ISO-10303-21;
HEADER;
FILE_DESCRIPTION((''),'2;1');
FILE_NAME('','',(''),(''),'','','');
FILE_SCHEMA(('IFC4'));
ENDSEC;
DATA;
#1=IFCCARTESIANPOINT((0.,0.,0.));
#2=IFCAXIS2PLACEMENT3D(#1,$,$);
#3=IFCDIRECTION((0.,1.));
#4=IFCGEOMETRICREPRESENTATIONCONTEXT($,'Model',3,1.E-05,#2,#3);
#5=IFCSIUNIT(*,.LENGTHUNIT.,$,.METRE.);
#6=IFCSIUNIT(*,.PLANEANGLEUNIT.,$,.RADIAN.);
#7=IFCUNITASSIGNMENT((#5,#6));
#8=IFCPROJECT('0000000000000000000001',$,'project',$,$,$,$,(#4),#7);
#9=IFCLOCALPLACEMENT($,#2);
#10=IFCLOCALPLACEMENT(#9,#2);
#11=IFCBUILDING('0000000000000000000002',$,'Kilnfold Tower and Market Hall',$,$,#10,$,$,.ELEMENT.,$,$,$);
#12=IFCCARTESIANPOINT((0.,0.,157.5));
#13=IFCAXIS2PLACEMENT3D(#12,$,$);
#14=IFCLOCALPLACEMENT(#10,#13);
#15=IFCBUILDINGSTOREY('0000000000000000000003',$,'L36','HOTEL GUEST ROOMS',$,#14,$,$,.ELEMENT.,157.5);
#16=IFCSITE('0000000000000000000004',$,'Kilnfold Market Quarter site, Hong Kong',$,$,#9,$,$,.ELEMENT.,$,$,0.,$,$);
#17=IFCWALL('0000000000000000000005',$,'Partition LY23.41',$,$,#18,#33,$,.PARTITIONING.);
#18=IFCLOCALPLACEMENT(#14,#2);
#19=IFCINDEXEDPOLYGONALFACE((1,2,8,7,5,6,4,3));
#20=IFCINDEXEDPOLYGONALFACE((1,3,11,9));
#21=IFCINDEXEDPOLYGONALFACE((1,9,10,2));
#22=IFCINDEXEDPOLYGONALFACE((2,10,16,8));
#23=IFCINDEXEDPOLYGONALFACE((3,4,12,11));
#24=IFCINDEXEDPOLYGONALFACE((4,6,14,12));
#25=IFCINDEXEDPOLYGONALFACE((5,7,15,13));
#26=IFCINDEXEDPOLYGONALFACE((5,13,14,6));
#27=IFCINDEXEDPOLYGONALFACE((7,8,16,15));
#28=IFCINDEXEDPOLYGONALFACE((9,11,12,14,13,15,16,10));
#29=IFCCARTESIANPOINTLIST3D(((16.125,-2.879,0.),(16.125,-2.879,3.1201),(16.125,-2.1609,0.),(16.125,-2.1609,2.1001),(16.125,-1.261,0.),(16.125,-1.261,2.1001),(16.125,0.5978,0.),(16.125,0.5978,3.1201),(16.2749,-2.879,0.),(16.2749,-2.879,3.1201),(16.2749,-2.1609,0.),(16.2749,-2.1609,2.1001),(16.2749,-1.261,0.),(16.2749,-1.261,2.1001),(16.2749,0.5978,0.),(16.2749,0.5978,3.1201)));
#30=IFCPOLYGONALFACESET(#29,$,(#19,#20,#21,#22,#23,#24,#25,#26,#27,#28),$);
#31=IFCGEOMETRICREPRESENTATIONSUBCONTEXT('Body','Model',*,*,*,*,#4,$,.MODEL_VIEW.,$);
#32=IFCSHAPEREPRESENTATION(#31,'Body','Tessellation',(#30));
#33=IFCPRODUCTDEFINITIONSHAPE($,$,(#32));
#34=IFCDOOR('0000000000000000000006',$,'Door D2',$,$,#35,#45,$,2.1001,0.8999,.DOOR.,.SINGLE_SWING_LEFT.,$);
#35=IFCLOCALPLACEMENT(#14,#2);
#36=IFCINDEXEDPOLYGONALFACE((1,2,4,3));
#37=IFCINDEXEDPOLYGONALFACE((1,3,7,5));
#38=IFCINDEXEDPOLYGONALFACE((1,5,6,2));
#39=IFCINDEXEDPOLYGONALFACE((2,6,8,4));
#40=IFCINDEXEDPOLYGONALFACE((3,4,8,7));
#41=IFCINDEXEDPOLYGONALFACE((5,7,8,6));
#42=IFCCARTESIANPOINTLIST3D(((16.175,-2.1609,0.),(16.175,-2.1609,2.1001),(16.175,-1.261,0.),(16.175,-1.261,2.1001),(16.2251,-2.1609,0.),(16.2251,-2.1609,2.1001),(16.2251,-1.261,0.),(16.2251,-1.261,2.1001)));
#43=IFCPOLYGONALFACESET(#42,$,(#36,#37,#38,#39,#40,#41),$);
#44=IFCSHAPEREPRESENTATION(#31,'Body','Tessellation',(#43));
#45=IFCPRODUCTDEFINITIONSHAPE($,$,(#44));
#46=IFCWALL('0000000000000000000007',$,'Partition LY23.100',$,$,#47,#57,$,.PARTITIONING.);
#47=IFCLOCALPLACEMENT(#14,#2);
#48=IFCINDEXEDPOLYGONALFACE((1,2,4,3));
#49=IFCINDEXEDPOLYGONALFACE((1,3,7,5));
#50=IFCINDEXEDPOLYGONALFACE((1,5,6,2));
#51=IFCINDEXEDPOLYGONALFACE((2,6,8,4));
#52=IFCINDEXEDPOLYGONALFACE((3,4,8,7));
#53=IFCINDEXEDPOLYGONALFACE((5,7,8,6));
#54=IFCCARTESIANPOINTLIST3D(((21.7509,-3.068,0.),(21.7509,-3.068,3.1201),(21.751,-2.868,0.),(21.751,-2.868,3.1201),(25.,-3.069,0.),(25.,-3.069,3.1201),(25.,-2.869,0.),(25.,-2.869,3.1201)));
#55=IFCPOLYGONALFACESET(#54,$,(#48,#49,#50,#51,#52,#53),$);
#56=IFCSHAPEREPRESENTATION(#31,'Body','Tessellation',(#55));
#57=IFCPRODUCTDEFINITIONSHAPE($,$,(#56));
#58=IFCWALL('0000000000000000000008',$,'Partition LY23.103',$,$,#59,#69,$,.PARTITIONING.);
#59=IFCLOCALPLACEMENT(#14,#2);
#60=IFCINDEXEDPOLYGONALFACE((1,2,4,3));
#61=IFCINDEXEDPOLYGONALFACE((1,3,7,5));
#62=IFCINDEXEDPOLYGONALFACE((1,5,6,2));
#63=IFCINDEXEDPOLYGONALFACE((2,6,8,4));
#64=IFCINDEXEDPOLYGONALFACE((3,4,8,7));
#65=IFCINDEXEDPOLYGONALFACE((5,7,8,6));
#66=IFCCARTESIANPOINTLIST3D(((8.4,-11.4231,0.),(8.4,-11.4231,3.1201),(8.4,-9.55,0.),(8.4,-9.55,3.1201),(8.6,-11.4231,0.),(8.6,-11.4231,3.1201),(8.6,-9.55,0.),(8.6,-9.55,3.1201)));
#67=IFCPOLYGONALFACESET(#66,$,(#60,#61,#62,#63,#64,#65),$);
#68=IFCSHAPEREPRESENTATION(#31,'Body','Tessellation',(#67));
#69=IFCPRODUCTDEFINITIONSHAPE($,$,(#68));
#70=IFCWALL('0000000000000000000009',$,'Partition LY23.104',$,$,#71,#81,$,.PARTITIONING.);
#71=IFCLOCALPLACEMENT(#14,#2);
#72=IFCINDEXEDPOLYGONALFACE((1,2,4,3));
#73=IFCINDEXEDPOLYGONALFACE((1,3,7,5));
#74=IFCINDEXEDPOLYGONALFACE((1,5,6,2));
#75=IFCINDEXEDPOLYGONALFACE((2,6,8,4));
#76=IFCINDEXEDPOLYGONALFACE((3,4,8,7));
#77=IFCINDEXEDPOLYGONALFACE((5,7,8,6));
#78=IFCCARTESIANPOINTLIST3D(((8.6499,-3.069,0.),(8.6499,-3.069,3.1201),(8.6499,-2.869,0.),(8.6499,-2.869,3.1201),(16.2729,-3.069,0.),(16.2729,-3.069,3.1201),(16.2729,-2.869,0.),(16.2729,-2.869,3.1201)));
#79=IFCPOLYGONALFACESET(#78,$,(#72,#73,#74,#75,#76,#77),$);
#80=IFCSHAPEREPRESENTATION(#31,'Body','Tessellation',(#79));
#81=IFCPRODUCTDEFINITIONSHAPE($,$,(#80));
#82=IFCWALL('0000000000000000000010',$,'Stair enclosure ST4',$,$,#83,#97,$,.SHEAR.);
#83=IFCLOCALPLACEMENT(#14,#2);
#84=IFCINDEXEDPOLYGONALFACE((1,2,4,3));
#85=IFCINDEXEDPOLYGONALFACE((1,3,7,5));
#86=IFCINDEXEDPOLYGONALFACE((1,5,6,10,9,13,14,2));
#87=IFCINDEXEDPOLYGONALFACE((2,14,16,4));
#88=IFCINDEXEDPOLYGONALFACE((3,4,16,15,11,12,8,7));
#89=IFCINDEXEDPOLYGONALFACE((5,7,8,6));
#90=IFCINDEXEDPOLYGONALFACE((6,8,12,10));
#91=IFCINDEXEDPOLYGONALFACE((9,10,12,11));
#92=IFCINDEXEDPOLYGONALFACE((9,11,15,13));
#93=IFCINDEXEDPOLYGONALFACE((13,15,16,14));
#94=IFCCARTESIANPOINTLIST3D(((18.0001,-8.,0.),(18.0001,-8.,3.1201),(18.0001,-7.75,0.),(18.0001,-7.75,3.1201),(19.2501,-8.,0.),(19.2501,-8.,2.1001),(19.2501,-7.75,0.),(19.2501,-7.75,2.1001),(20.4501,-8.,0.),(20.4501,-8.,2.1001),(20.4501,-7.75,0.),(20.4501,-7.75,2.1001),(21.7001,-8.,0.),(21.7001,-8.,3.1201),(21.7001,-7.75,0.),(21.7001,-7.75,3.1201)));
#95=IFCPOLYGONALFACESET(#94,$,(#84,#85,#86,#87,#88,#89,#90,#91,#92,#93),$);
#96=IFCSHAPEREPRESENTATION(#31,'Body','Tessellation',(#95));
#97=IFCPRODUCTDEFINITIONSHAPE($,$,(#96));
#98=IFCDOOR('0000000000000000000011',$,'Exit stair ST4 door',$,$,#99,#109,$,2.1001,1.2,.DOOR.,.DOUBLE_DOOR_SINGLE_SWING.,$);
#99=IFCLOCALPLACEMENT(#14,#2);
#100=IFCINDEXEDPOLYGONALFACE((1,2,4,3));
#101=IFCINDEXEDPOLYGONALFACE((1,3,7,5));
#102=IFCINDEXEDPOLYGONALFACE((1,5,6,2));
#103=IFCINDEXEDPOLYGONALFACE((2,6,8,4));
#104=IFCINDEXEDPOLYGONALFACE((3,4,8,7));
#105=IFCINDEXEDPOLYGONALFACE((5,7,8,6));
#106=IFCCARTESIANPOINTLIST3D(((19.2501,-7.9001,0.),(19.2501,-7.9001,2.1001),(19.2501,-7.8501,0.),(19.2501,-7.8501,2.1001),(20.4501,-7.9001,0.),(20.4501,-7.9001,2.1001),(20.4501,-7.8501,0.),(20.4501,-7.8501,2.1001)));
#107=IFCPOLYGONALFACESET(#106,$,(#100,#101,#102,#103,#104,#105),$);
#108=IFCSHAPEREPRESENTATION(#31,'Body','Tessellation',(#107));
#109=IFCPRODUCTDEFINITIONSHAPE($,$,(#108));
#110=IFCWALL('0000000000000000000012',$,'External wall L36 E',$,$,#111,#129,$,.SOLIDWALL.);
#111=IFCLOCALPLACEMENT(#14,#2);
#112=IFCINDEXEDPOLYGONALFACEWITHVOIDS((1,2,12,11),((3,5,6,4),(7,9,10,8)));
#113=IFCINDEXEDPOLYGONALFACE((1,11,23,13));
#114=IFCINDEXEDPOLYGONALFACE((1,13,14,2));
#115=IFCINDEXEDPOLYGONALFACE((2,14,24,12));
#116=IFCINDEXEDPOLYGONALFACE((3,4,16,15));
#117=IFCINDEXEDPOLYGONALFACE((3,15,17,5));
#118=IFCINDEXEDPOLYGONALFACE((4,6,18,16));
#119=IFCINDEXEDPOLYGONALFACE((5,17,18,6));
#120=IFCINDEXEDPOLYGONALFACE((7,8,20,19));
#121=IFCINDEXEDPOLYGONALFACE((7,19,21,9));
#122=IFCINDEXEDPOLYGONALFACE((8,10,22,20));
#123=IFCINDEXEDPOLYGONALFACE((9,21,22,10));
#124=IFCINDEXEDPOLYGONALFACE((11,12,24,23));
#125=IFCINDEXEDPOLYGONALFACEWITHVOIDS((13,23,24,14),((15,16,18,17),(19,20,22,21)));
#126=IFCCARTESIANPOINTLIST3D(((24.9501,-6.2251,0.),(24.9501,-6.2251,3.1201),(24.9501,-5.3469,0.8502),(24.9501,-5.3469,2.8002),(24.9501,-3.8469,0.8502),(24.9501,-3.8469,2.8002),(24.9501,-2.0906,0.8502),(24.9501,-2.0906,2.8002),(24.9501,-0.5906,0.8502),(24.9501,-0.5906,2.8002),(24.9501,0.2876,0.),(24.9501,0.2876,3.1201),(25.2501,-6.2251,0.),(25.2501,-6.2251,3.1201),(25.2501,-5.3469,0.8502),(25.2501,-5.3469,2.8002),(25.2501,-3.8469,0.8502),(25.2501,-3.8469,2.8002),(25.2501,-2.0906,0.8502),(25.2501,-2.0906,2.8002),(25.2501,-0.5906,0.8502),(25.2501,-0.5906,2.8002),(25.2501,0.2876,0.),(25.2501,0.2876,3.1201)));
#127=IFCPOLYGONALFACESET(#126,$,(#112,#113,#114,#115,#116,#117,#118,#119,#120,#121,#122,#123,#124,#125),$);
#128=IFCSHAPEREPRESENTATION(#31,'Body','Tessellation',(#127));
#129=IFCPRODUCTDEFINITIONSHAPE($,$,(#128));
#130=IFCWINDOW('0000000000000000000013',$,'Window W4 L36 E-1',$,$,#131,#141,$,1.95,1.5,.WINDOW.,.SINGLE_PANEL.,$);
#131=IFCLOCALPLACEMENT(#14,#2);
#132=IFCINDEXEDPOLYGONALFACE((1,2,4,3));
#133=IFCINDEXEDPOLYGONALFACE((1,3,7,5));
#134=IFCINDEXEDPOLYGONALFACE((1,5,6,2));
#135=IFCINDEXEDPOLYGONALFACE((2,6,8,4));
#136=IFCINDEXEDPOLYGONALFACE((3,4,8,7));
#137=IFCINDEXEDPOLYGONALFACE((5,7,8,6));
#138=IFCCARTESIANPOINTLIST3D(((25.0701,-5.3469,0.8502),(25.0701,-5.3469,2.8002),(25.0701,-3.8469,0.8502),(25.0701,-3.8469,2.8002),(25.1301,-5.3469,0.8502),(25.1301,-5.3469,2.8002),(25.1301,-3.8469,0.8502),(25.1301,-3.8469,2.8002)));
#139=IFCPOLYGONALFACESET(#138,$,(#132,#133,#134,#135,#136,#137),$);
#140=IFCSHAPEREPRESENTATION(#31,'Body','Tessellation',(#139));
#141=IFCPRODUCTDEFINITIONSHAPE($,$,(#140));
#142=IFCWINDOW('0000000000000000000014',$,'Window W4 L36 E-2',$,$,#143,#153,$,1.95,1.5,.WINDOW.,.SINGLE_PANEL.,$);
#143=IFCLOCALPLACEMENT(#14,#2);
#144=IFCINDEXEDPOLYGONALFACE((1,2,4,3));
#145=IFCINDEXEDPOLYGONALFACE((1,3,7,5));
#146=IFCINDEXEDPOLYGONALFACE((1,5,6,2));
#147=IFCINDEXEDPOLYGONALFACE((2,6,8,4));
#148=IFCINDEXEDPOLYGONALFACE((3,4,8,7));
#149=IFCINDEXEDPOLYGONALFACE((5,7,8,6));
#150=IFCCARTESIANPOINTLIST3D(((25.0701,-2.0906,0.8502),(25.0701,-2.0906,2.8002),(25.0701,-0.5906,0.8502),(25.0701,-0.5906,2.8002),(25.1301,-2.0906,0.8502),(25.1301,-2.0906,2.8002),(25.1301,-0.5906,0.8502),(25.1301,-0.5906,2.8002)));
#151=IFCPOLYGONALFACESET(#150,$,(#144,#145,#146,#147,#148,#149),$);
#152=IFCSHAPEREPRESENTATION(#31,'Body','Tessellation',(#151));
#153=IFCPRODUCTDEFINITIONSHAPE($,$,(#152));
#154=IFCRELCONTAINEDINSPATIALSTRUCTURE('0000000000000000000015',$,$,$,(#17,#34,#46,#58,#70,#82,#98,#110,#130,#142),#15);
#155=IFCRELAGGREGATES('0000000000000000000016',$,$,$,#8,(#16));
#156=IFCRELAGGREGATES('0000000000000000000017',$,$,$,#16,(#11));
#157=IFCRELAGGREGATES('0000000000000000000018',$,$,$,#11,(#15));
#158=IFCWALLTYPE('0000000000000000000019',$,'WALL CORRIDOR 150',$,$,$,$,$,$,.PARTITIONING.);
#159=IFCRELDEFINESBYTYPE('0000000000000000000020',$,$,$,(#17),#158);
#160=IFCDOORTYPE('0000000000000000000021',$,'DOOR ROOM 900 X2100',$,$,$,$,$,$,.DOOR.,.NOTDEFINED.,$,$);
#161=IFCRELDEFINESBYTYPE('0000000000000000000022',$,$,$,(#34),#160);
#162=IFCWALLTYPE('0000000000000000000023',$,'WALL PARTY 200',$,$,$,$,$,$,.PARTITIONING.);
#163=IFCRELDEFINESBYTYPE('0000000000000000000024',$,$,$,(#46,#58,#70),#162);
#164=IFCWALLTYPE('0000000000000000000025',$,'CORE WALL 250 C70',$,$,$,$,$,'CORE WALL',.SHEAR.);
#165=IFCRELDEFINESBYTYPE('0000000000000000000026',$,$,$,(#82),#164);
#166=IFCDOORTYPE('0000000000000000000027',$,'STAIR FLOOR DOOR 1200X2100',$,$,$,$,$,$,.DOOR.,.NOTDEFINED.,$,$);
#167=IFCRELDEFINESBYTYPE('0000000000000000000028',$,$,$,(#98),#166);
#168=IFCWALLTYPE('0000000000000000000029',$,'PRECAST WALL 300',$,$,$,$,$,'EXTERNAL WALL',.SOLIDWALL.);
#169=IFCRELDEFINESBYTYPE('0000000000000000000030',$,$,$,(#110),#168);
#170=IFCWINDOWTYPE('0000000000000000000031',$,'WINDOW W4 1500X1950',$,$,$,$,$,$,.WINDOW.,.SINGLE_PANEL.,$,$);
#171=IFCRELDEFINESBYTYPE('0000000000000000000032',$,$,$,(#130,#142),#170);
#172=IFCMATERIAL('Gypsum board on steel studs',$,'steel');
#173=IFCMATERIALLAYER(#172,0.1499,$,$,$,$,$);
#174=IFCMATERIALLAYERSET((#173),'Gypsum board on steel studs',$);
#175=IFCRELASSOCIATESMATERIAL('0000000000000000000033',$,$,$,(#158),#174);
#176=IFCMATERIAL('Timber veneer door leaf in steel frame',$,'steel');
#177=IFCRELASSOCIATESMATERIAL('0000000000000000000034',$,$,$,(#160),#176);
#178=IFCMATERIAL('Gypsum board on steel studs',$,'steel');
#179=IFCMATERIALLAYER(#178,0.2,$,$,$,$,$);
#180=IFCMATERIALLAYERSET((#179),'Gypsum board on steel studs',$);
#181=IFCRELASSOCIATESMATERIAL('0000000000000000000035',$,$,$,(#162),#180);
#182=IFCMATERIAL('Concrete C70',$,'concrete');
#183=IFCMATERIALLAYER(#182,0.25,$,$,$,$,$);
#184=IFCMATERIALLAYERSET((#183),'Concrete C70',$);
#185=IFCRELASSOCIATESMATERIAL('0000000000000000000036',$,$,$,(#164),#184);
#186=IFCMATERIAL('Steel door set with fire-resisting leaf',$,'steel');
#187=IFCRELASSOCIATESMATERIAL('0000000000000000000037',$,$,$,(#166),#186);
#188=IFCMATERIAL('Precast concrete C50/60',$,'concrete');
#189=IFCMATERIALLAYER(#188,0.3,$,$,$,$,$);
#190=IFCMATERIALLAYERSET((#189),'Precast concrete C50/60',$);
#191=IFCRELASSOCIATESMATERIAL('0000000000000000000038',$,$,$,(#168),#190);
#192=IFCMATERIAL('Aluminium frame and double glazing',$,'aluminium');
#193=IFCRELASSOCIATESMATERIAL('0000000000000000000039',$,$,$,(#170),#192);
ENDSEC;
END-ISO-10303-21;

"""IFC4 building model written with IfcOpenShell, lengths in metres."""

from ifc_helpers import new_model, si_unit, direction, frame, frame_2d, origin, place, context, subcontext, project, spatial, rectangle, extrude, source, transform, mapped, material, layer, layer_set, type_object, element, fill, save


model = new_model("IFC4")

# Units and contexts
model_context = context("Model", 3, precision=1e-05, world=origin(), true_north=direction((0.0, 1.0)))
body_context = subcontext(model_context, "Body", "Model", "MODEL_VIEW")
ifc_project = project(units=[si_unit("LENGTHUNIT", "METRE"), si_unit("PLANEANGLEUNIT", "RADIAN")], contexts=[model_context])

# Site, building, storey
site_placement = place(None, origin())
site = spatial("IfcSite", under=ifc_project, at=site_placement, Name="Kilnfold Market Quarter site, Hong Kong", CompositionType="ELEMENT", RefElevation=0.0)
building_placement = place(site_placement, origin())
building = spatial("IfcBuilding", under=site, at=building_placement, Name="Kilnfold Tower and Market Hall", CompositionType="ELEMENT")
storey_placement = place(building_placement, frame((0.0, 0.0, 157.5)))
storey = spatial("IfcBuildingStorey", under=building, at=storey_placement, Name="L36", Description="HOTEL GUEST ROOMS", CompositionType="ELEMENT", Elevation=157.5)

# Shared definitions
ifc_material_1 = material(Name="Gypsum board on steel studs", Category="steel")
ifc_layer_1 = layer(ifc_material_1, 0.1499)
ifc_layer_set_1 = layer_set([ifc_layer_1], Name="Gypsum board on steel studs")
wall_type_1 = type_object("IfcWallType", Name="WALL CORRIDOR 150", PredefinedType="PARTITIONING", material=ifc_layer_set_1)
ifc_material_2 = material(Name="Timber veneer door leaf in steel frame", Category="steel")
door_type_1 = type_object("IfcDoorType", Name="DOOR ROOM 900 X2100", OperationType="NOTDEFINED", PredefinedType="DOOR", material=ifc_material_2)

# Wall, opening, door
wall_1_placement = place(storey_placement, frame((16.2, -2.8789, 0.0), z_axis=(0.0, 0.0, 1.0), x_axis=(0.0, 1.0, 0.0)))
wall_1 = element("IfcWall", 1, at=wall_1_placement, inside=storey, type_object=wall_type_1, Name="Partition LY23.41", PredefinedType="PARTITIONING", context=body_context, shape_type="SweptSolid", body=[
    extrude(rectangle(XDim=3.4768, YDim=0.1499, at=frame_2d((1.7383, 0.0))), origin(), (0.0, 0.0, 1.0), 3.1201),
])
opening_1_placement = place(wall_1_placement, frame((0.718, 0.0, 0.0)))
opening_1 = element("IfcOpeningElement", 2, at=opening_1_placement, cuts=wall_1, PredefinedType="OPENING", context=body_context, shape_type="SweptSolid", body=[
    extrude(rectangle(XDim=0.8999, YDim=2.1001, at=frame_2d((0.45, 1.05))), frame((0.0, 0.085, 0.0), z_axis=(0.0, -1.0, 0.0), x_axis=(1.0, 0.0, 0.0)), (0.0, 0.0, 1.0), 0.1699),
])
door_1_placement = place(opening_1_placement, origin())
door_1 = element("IfcDoor", 3, at=door_1_placement, inside=storey, type_object=door_type_1, Name="Door D2", OperationType="SINGLE_SWING_LEFT", OverallHeight=2.1001, OverallWidth=0.8999, PredefinedType="DOOR", context=body_context, shape_type="SweptSolid", body=[
    extrude(rectangle(XDim=0.8999, YDim=2.1001, at=frame_2d((0.45, 1.05))), frame((0.0, 0.0249, 0.0), z_axis=(0.0, -1.0, 0.0), x_axis=(1.0, 0.0, 0.0)), (0.0, 0.0, 1.0), 0.05),
])
fill(opening_1, door_1)

# Walls
ifc_material_3 = material(Name="Gypsum board on steel studs", Category="steel")
ifc_layer_2 = layer(ifc_material_3, 0.2)
ifc_layer_set_2 = layer_set([ifc_layer_2], Name="Gypsum board on steel studs")
wall_type_2 = type_object("IfcWallType", Name="WALL PARTY 200", PredefinedType="PARTITIONING", material=ifc_layer_set_2)
wall_2_placement = place(storey_placement, frame((21.751, -2.968, 0.0), z_axis=(0.0, 0.0, 1.0), x_axis=(1.0, -0.000301, 0.0)))
element("IfcWall", 4, at=wall_2_placement, inside=storey, type_object=wall_type_2, Name="Partition LY23.100", PredefinedType="PARTITIONING", context=body_context, shape_type="SweptSolid", body=[
    extrude(rectangle(XDim=3.249, YDim=0.2, at=frame_2d((1.6245, 0.0))), origin(), (0.0, 0.0, 1.0), 3.1201),
])
wall_3_placement = place(storey_placement, frame((8.5, -11.4231, 0.0), z_axis=(0.0, 0.0, 1.0), x_axis=(0.0, 1.0, 0.0)))
element("IfcWall", 5, at=wall_3_placement, inside=storey, type_object=wall_type_2, Name="Partition LY23.103", PredefinedType="PARTITIONING", context=body_context, shape_type="SweptSolid", body=[
    extrude(rectangle(XDim=1.873, YDim=0.2, at=frame_2d((0.9365, 0.0))), origin(), (0.0, 0.0, 1.0), 3.1201),
])
wall_4_placement = place(storey_placement, frame((8.6499, -2.969, 0.0), z_axis=(0.0, 0.0, 1.0), x_axis=(1.0, 0.0, 0.0)))
element("IfcWall", 6, at=wall_4_placement, inside=storey, type_object=wall_type_2, Name="Partition LY23.104", PredefinedType="PARTITIONING", context=body_context, shape_type="SweptSolid", body=[
    extrude(rectangle(XDim=7.623, YDim=0.2, at=frame_2d((3.8115, 0.0))), origin(), (0.0, 0.0, 1.0), 3.1201),
])

# Wall, opening, door
ifc_material_4 = material(Name="Concrete C70", Category="concrete")
ifc_layer_3 = layer(ifc_material_4, 0.25)
ifc_layer_set_3 = layer_set([ifc_layer_3], Name="Concrete C70")
wall_type_3 = type_object("IfcWallType", Name="CORE WALL 250 C70", ElementType="CORE WALL", PredefinedType="SHEAR", material=ifc_layer_set_3)
shared_shape_1 = source(origin(), body_context, "Body", "SweptSolid", [
    extrude(rectangle(XDim=3.7, YDim=0.25, at=frame_2d((1.8501, 0.0))), origin(), (0.0, 0.0, 1.0), 3.1201),
])
wall_5_placement = place(storey_placement, frame((18.0, -7.875, 0.0), z_axis=(0.0, 0.0, 1.0), x_axis=(1.0, 0.0, 0.0)))
wall_5 = element("IfcWall", 7, at=wall_5_placement, inside=storey, type_object=wall_type_3, Name="Stair enclosure ST4", PredefinedType="SHEAR", context=body_context, shape_type="MappedRepresentation", body=[
    mapped(shared_shape_1, transform((0.0, 0.0, 0.0))),
])
opening_2_placement = place(wall_5_placement, frame((1.25, 0.0, 0.0)))
opening_2 = element("IfcOpeningElement", 8, at=opening_2_placement, cuts=wall_5, PredefinedType="OPENING", context=body_context, shape_type="SweptSolid", body=[
    extrude(rectangle(XDim=1.2, YDim=2.1001, at=frame_2d((0.6001, 1.05))), frame((0.0, 0.135, 0.0), z_axis=(0.0, -1.0, 0.0), x_axis=(1.0, 0.0, 0.0)), (0.0, 0.0, 1.0), 0.27),
])
ifc_material_5 = material(Name="Steel door set with fire-resisting leaf", Category="steel")
door_type_2 = type_object("IfcDoorType", Name="STAIR FLOOR DOOR 1200X2100", OperationType="NOTDEFINED", PredefinedType="DOOR", material=ifc_material_5)
door_2_placement = place(opening_2_placement, origin())
door_2 = element("IfcDoor", 9, at=door_2_placement, inside=storey, type_object=door_type_2, Name="Exit stair ST4 door", OperationType="DOUBLE_DOOR_SINGLE_SWING", OverallHeight=2.1001, OverallWidth=1.2, PredefinedType="DOOR", context=body_context, shape_type="SweptSolid", body=[
    extrude(rectangle(XDim=1.2, YDim=2.1001, at=frame_2d((0.6001, 1.05))), frame((0.0, 0.0249, 0.0), z_axis=(0.0, -1.0, 0.0), x_axis=(1.0, 0.0, 0.0)), (0.0, 0.0, 1.0), 0.05),
])
fill(opening_2, door_2)

# Wall, openings, windows
ifc_material_6 = material(Name="Precast concrete C50/60", Category="concrete")
ifc_layer_4 = layer(ifc_material_6, 0.3)
ifc_layer_set_4 = layer_set([ifc_layer_4], Name="Precast concrete C50/60")
wall_type_4 = type_object("IfcWallType", Name="PRECAST WALL 300", ElementType="EXTERNAL WALL", PredefinedType="SOLIDWALL", material=ifc_layer_set_4)
shared_shape_2 = source(origin(), body_context, "Body", "SweptSolid", [
    extrude(rectangle(XDim=6.5127, YDim=0.3, at=frame_2d((3.2563, 0.0))), origin(), (0.0, 0.0, 1.0), 3.1201),
])
wall_6_placement = place(storey_placement, frame((25.1001, -6.2251, 0.0), z_axis=(0.0, 0.0, 1.0), x_axis=(0.0, 1.0, 0.0)))
wall_6 = element("IfcWall", 10, at=wall_6_placement, inside=storey, type_object=wall_type_4, Name="External wall L36 E", PredefinedType="SOLIDWALL", context=body_context, shape_type="MappedRepresentation", body=[
    mapped(shared_shape_2, transform((0.0, 0.0, 0.0))),
])
opening_3_placement = place(wall_6_placement, frame((0.8782, 0.0, 0.8501)))
opening_3 = element("IfcOpeningElement", 11, at=opening_3_placement, cuts=wall_6, PredefinedType="OPENING", context=body_context, shape_type="SweptSolid", body=[
    extrude(rectangle(XDim=1.5, YDim=1.95, at=frame_2d((0.75, 0.9751))), frame((0.0, 0.1602, 0.0), z_axis=(0.0, -1.0, 0.0), x_axis=(1.0, 0.0, 0.0)), (0.0, 0.0, 1.0), 0.3201),
])
opening_4_placement = place(wall_6_placement, frame((4.1345, 0.0, 0.8501)))
opening_4 = element("IfcOpeningElement", 12, at=opening_4_placement, cuts=wall_6, PredefinedType="OPENING", context=body_context, shape_type="SweptSolid", body=[
    extrude(rectangle(XDim=1.5, YDim=1.95, at=frame_2d((0.75, 0.9751))), frame((0.0, 0.1602, 0.0), z_axis=(0.0, -1.0, 0.0), x_axis=(1.0, 0.0, 0.0)), (0.0, 0.0, 1.0), 0.3201),
])
ifc_material_7 = material(Name="Aluminium frame and double glazing", Category="aluminium")
window_type = type_object("IfcWindowType", Name="WINDOW W4 1500X1950", PartitioningType="SINGLE_PANEL", PredefinedType="WINDOW", material=ifc_material_7)
window_1_placement = place(opening_3_placement, origin())
window_1 = element("IfcWindow", 13, at=window_1_placement, inside=storey, type_object=window_type, Name="Window W4 L36 E-1", OverallHeight=1.95, OverallWidth=1.5, PartitioningType="SINGLE_PANEL", PredefinedType="WINDOW", context=body_context, shape_type="SweptSolid", body=[
    extrude(rectangle(XDim=1.5, YDim=1.95, at=frame_2d((0.75, 0.9751))), frame((0.0, 0.03, 0.0), z_axis=(0.0, -1.0, 0.0), x_axis=(1.0, 0.0, 0.0)), (0.0, 0.0, 1.0), 0.0601),
])
fill(opening_3, window_1)
window_2_placement = place(opening_4_placement, origin())
window_2 = element("IfcWindow", 14, at=window_2_placement, inside=storey, type_object=window_type, Name="Window W4 L36 E-2", OverallHeight=1.95, OverallWidth=1.5, PartitioningType="SINGLE_PANEL", PredefinedType="WINDOW", context=body_context, shape_type="SweptSolid", body=[
    extrude(rectangle(XDim=1.5, YDim=1.95, at=frame_2d((0.75, 0.9751))), frame((0.0, 0.03, 0.0), z_axis=(0.0, -1.0, 0.0), x_axis=(1.0, 0.0, 0.0)), (0.0, 0.0, 1.0), 0.0601),
])
fill(opening_4, window_2)

save(model, "model.ifc")
